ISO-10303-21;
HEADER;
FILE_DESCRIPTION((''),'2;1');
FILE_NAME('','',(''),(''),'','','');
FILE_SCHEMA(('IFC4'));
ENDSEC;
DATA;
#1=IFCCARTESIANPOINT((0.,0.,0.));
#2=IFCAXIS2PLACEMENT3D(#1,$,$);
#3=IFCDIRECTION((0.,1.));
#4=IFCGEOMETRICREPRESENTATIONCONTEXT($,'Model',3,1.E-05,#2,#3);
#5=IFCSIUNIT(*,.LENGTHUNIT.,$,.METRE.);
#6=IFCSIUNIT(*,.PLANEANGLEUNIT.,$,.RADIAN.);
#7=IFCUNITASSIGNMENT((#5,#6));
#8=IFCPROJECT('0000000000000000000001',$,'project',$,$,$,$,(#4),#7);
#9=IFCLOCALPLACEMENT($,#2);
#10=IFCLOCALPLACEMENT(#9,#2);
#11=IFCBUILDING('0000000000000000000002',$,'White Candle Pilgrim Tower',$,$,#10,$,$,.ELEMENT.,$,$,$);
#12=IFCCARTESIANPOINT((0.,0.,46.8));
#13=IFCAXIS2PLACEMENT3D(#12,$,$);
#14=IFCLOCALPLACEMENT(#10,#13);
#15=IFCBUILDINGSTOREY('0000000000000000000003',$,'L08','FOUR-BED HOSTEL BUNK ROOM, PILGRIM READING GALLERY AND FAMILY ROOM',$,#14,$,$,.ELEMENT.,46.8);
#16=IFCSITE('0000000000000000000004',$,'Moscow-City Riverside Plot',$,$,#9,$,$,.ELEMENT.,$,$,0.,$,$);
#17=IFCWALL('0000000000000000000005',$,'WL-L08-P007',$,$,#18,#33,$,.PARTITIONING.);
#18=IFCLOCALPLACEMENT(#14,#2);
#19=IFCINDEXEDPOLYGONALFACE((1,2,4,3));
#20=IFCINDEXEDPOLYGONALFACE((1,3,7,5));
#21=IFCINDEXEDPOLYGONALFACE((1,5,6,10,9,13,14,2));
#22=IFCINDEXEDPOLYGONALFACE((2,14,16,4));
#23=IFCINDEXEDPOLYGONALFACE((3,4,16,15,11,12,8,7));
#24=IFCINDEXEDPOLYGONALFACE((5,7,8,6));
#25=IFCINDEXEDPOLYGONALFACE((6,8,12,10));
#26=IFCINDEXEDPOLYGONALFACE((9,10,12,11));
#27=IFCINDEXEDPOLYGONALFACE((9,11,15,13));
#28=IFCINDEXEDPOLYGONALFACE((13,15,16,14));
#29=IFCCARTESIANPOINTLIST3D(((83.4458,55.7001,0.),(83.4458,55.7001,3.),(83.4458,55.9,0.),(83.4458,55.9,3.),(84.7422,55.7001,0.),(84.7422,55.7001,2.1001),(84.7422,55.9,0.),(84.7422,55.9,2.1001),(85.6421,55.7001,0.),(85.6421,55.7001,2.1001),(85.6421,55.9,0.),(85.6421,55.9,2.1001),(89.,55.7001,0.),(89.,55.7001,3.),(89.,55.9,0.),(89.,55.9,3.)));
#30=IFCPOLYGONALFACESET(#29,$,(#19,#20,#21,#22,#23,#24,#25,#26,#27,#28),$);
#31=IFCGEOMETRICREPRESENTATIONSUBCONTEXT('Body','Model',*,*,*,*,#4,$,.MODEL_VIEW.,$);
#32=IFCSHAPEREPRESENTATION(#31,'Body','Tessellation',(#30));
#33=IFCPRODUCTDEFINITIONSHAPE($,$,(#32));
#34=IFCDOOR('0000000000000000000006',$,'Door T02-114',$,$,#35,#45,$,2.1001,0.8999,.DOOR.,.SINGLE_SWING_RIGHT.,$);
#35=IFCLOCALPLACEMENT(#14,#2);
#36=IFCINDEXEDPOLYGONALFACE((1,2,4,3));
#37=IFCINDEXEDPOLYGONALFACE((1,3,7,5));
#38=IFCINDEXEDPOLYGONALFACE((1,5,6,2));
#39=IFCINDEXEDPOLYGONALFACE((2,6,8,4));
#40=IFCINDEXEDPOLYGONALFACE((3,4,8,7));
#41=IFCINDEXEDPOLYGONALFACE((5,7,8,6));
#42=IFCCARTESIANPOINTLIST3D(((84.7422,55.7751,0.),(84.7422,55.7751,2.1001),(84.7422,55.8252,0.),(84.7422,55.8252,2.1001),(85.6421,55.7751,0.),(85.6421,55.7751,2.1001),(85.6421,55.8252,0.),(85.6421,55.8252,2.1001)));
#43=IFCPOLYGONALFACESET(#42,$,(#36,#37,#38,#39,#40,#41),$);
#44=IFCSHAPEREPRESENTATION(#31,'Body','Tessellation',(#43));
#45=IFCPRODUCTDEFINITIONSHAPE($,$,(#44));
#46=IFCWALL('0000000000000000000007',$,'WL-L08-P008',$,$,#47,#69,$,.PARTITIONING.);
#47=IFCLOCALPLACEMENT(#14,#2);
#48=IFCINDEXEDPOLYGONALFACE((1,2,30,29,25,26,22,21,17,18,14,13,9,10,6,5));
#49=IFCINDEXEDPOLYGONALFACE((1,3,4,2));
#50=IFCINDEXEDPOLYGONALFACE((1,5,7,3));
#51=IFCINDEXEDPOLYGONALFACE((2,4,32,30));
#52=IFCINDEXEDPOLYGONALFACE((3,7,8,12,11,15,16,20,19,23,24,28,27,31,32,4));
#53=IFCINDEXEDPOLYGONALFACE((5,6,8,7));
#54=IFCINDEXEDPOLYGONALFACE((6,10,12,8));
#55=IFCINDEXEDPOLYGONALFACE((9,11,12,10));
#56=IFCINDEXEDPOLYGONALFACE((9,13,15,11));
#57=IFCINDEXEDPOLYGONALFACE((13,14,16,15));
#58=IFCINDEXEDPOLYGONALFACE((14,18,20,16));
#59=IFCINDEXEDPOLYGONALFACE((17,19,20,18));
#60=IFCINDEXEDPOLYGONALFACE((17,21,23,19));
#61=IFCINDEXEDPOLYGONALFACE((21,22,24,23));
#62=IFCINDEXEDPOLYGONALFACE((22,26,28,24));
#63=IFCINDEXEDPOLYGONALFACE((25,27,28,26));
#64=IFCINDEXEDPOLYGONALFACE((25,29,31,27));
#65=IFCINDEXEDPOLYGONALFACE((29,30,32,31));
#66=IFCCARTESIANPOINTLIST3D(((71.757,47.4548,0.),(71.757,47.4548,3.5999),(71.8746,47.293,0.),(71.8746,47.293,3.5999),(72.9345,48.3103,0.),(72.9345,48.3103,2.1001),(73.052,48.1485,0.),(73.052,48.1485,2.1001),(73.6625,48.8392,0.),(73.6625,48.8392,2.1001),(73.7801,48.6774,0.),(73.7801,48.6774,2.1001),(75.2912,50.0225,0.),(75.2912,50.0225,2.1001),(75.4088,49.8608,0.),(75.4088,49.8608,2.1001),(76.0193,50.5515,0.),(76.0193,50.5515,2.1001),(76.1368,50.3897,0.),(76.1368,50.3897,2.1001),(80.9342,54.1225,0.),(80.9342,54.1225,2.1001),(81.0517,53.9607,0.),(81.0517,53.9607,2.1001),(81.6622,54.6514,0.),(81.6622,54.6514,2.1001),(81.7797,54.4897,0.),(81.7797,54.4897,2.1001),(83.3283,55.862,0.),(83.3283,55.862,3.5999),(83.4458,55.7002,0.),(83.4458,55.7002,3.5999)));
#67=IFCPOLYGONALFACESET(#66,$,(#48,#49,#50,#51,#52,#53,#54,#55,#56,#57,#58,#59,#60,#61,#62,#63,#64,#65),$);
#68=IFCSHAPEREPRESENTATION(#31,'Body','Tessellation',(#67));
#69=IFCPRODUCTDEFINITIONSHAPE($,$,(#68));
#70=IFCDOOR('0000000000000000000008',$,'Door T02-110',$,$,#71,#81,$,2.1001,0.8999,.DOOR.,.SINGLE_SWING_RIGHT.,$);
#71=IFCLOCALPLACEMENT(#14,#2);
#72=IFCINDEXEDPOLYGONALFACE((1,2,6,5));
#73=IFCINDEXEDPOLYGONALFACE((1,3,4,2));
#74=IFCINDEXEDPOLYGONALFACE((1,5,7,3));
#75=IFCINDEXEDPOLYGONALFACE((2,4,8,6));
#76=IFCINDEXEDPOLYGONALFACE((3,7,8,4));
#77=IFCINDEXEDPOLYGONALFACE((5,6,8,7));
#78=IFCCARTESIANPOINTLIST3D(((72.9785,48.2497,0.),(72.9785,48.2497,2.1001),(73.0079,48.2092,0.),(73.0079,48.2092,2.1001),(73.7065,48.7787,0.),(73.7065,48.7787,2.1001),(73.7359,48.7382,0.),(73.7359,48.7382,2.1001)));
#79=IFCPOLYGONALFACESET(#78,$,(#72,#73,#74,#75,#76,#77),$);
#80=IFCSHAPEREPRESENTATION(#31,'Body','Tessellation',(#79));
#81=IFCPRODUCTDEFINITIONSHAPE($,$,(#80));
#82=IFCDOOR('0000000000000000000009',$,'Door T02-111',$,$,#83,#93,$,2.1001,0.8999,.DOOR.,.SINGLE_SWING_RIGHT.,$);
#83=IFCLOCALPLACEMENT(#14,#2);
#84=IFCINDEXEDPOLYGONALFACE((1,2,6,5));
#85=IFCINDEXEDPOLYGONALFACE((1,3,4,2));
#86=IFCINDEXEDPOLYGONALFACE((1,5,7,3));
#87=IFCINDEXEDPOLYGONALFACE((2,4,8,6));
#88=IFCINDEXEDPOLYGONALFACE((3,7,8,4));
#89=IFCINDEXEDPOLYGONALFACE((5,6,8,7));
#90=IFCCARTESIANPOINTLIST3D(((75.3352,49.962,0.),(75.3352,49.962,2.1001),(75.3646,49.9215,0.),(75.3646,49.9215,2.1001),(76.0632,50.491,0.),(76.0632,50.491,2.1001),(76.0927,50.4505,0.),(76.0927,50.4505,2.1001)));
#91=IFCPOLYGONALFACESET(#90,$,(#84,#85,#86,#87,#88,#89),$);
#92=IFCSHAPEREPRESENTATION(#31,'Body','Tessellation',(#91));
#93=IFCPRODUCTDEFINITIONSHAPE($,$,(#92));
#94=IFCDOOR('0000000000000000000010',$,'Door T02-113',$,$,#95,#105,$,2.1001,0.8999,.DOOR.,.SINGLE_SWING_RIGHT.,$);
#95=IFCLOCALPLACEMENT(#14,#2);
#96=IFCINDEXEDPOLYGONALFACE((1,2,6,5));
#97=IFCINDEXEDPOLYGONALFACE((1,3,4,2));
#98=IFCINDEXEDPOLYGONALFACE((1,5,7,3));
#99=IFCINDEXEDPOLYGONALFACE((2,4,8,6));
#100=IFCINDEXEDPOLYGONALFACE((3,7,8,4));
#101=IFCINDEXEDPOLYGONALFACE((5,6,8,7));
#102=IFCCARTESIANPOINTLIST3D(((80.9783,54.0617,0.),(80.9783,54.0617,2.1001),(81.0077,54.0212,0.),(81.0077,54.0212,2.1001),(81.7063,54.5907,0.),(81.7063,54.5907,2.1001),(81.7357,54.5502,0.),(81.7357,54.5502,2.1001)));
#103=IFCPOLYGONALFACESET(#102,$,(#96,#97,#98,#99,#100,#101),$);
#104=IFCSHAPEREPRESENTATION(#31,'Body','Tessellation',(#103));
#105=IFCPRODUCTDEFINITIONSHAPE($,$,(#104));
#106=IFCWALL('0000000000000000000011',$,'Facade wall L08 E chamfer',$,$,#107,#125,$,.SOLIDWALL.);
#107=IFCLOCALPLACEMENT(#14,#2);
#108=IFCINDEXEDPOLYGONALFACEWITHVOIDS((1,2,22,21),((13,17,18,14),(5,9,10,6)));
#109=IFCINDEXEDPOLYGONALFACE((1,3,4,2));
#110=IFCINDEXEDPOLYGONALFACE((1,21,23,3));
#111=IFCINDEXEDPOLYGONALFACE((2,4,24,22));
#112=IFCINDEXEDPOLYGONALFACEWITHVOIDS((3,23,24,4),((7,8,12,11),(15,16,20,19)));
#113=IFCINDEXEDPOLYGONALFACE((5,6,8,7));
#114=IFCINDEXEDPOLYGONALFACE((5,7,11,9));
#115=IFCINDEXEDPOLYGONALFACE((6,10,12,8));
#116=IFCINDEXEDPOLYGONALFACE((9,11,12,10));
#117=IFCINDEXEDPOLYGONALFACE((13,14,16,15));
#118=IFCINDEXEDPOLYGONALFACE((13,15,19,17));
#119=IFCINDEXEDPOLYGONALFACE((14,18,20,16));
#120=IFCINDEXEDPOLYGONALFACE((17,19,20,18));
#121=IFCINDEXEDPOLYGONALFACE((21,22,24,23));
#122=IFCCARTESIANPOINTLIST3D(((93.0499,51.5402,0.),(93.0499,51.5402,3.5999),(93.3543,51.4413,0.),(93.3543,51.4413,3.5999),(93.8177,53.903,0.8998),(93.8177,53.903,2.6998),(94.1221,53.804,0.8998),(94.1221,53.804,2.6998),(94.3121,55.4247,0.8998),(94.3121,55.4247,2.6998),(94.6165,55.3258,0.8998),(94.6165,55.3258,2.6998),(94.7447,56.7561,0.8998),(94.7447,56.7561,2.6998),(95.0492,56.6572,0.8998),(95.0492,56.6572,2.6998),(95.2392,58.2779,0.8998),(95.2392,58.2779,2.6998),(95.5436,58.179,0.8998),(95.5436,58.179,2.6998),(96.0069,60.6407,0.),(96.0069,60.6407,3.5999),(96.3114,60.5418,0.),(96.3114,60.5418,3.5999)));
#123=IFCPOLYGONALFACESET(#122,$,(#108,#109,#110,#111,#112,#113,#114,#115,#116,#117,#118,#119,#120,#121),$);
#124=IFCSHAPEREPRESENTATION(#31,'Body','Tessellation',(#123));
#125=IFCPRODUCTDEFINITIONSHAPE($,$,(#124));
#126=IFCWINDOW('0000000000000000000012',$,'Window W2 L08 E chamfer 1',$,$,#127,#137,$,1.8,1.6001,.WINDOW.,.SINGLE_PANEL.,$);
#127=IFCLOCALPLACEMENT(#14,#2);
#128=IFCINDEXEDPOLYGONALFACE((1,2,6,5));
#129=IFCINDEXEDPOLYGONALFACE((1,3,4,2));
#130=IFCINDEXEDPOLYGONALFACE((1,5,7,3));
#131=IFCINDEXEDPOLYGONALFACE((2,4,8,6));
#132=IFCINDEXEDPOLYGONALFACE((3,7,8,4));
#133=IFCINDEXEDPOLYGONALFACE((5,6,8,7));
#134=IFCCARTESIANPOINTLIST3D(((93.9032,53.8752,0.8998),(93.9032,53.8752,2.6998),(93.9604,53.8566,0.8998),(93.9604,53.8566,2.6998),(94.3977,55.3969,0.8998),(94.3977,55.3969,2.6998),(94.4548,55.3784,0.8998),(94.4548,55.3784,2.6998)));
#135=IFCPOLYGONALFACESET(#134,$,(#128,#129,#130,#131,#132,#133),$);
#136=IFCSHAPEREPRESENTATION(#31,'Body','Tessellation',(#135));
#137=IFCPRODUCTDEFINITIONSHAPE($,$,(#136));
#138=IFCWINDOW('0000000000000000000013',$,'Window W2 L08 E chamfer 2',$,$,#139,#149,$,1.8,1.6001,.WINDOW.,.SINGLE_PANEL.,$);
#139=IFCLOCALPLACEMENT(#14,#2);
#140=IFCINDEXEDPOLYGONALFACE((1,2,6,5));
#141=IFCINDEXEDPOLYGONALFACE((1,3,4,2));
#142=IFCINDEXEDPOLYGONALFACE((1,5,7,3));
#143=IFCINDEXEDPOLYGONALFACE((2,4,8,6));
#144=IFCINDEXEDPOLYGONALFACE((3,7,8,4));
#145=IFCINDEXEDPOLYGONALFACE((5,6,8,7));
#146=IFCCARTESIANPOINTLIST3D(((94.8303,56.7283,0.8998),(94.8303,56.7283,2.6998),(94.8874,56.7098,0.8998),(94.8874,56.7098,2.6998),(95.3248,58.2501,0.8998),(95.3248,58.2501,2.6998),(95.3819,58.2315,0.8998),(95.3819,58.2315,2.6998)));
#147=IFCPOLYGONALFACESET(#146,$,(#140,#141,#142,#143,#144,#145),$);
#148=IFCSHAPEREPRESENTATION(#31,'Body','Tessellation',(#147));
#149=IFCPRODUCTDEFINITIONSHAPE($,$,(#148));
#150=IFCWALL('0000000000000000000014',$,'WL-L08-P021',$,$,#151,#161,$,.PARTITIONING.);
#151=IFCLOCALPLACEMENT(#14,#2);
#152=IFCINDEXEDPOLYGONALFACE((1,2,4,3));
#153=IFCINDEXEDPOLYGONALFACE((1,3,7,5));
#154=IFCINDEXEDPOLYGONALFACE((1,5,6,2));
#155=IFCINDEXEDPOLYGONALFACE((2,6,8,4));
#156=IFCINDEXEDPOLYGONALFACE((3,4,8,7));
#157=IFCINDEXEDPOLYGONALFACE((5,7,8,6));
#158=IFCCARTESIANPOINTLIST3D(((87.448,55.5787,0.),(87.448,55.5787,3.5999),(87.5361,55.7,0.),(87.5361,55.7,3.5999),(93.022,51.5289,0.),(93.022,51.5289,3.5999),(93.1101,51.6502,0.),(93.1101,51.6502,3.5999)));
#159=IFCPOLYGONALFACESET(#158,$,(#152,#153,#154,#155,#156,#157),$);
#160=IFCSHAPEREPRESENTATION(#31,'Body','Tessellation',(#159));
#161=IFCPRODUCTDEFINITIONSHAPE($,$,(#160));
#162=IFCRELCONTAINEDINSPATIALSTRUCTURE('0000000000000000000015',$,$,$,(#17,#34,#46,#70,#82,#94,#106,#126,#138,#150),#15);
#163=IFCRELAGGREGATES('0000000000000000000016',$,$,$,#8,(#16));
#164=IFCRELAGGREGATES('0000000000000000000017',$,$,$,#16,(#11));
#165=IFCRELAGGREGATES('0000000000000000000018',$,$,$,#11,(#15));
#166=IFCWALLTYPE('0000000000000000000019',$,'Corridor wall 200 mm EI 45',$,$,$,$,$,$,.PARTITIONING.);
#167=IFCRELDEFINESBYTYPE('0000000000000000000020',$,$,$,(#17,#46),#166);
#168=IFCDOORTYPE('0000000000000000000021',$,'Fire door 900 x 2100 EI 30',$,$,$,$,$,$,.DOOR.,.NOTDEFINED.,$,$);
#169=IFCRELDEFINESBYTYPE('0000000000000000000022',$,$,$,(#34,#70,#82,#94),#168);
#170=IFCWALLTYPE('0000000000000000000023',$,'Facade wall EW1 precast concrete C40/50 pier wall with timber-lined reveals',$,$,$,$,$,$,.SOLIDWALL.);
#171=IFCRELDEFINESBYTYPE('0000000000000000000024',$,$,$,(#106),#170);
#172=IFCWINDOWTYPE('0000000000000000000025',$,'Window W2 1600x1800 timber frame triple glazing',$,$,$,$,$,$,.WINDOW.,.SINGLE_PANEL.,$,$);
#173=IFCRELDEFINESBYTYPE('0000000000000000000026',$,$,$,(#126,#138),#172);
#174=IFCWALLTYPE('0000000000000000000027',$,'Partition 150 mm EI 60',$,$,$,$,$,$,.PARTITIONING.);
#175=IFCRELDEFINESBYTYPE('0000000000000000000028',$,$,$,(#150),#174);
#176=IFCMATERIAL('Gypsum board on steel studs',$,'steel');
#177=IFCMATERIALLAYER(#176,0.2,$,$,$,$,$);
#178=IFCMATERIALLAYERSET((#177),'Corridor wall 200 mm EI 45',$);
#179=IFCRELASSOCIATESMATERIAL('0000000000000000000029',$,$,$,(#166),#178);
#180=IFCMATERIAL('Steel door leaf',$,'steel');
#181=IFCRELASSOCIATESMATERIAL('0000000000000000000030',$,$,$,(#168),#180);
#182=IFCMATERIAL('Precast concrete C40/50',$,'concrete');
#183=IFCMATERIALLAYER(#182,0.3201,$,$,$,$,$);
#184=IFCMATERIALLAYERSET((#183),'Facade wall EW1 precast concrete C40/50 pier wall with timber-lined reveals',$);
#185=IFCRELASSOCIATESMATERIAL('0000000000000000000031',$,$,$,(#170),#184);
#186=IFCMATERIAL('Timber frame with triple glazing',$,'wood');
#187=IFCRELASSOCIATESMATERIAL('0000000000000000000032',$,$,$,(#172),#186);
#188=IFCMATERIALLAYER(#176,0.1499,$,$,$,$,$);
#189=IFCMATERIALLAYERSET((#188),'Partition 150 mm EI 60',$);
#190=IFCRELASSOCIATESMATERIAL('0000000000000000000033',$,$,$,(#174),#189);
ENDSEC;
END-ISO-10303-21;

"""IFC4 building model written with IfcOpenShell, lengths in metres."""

from ifc_helpers import new_model, si_unit, direction, frame, frame_2d, origin, place, context, subcontext, project, spatial, rectangle, extrude, material, layer, layer_set, type_object, element, fill, save


model = new_model("IFC4")

# Units and contexts
model_context = context("Model", 3, precision=1e-05, world=origin(), true_north=direction((0.0, 1.0)))
body_context = subcontext(model_context, "Body", "Model", "MODEL_VIEW")
ifc_project = project(units=[si_unit("LENGTHUNIT", "METRE"), si_unit("PLANEANGLEUNIT", "RADIAN")], contexts=[model_context])

# Site, building, storey
site_placement = place(None, origin())
site = spatial("IfcSite", under=ifc_project, at=site_placement, Name="Moscow-City Riverside Plot", CompositionType="ELEMENT", RefElevation=0.0)
building_placement = place(site_placement, origin())
building = spatial("IfcBuilding", under=site, at=building_placement, Name="White Candle Pilgrim Tower", CompositionType="ELEMENT")
storey_placement = place(building_placement, frame((0.0, 0.0, 46.8)))
storey = spatial("IfcBuildingStorey", under=building, at=storey_placement, Name="L08", Description="FOUR-BED HOSTEL BUNK ROOM, PILGRIM READING GALLERY AND FAMILY ROOM", CompositionType="ELEMENT", Elevation=46.8)

# Wall, opening, door
ifc_material_1 = material(Name="Gypsum board on steel studs", Category="steel")
ifc_layer_1 = layer(ifc_material_1, 0.2)
ifc_layer_set_1 = layer_set([ifc_layer_1], Name="Corridor wall 200 mm EI 45")
wall_type_1 = type_object("IfcWallType", Name="Corridor wall 200 mm EI 45", PredefinedType="PARTITIONING", material=ifc_layer_set_1)
wall_1_placement = place(storey_placement, frame((89.0, 55.8, 0.0), z_axis=(0.0, 0.0, 1.0), x_axis=(-1.0, 0.0, 0.0)))
wall_1 = element("IfcWall", 1, at=wall_1_placement, inside=storey, type_object=wall_type_1, Name="WL-L08-P007", PredefinedType="PARTITIONING", context=body_context, shape_type="SweptSolid", body=[
    extrude(rectangle(XDim=5.5542, YDim=0.2, at=frame_2d((2.7771, 0.0))), origin(), (0.0, 0.0, 1.0), 3.0),
])
opening_1_placement = place(wall_1_placement, frame((3.3579, 0.0, 0.0)))
opening_1 = element("IfcOpeningElement", 2, at=opening_1_placement, cuts=wall_1, PredefinedType="OPENING", context=body_context, shape_type="SweptSolid", body=[
    extrude(rectangle(XDim=0.8999, YDim=2.1001, at=frame_2d((0.45, 1.05))), frame((0.0, 0.1099, 0.0), z_axis=(0.0, -1.0, 0.0), x_axis=(1.0, 0.0, 0.0)), (0.0, 0.0, 1.0), 0.22),
])
ifc_material_2 = material(Name="Steel door leaf", Category="steel")
door_type = type_object("IfcDoorType", Name="Fire door 900 x 2100 EI 30", OperationType="NOTDEFINED", PredefinedType="DOOR", material=ifc_material_2)
door_1_placement = place(opening_1_placement, origin())
door_1 = element("IfcDoor", 3, at=door_1_placement, inside=storey, type_object=door_type, Name="Door T02-114", OperationType="SINGLE_SWING_RIGHT", OverallHeight=2.1001, OverallWidth=0.8999, PredefinedType="DOOR", context=body_context, shape_type="SweptSolid", body=[
    extrude(rectangle(XDim=0.8999, YDim=2.1001, at=frame_2d((0.45, 1.05))), frame((0.0, 0.0249, 0.0), z_axis=(0.0, -1.0, 0.0), x_axis=(1.0, 0.0, 0.0)), (0.0, 0.0, 1.0), 0.05),
])
fill(opening_1, door_1)

# Wall, openings, doors
wall_2_placement = place(storey_placement, frame((83.387, 55.781, 0.0), z_axis=(0.0, 0.0, 1.0), x_axis=(-0.809011, -0.587794, 0.0)))
wall_2 = element("IfcWall", 4, at=wall_2_placement, inside=storey, type_object=wall_type_1, Name="WL-L08-P008", PredefinedType="PARTITIONING", context=body_context, shape_type="SweptSolid", body=[
    extrude(rectangle(XDim=14.303, YDim=0.2, at=frame_2d((7.1514, 0.0))), origin(), (0.0, 0.0, 1.0), 3.5999),
])
opening_2_placement = place(wall_2_placement, frame((11.9475, 0.0, 0.0)))
opening_2 = element("IfcOpeningElement", 5, at=opening_2_placement, cuts=wall_2, PredefinedType="OPENING", context=body_context, shape_type="SweptSolid", body=[
    extrude(rectangle(XDim=0.8999, YDim=2.1001, at=frame_2d((0.45, 1.05))), frame((0.0, 0.1099, 0.0), z_axis=(0.0, -1.0, 0.0), x_axis=(1.0, 0.0, 0.0)), (0.0, 0.0, 1.0), 0.22),
])
opening_3_placement = place(wall_2_placement, frame((9.0344, 0.0, 0.0)))
opening_3 = element("IfcOpeningElement", 6, at=opening_3_placement, cuts=wall_2, PredefinedType="OPENING", context=body_context, shape_type="SweptSolid", body=[
    extrude(rectangle(XDim=0.8999, YDim=2.1001, at=frame_2d((0.45, 1.05))), frame((0.0, 0.1099, 0.0), z_axis=(0.0, -1.0, 0.0), x_axis=(1.0, 0.0, 0.0)), (0.0, 0.0, 1.0), 0.22),
])
opening_4_placement = place(wall_2_placement, frame((2.0593, 0.0, 0.0)))
opening_4 = element("IfcOpeningElement", 7, at=opening_4_placement, cuts=wall_2, PredefinedType="OPENING", context=body_context, shape_type="SweptSolid", body=[
    extrude(rectangle(XDim=0.8999, YDim=2.1001, at=frame_2d((0.45, 1.05))), frame((0.0, 0.1099, 0.0), z_axis=(0.0, -1.0, 0.0), x_axis=(1.0, 0.0, 0.0)), (0.0, 0.0, 1.0), 0.22),
])
door_2_placement = place(opening_2_placement, origin())
door_2 = element("IfcDoor", 8, at=door_2_placement, inside=storey, type_object=door_type, Name="Door T02-110", OperationType="SINGLE_SWING_RIGHT", OverallHeight=2.1001, OverallWidth=0.8999, PredefinedType="DOOR", context=body_context, shape_type="SweptSolid", body=[
    extrude(rectangle(XDim=0.8999, YDim=2.1001, at=frame_2d((0.45, 1.05))), frame((0.0, 0.0249, 0.0), z_axis=(0.0, -1.0, 0.0), x_axis=(1.0, 0.0, 0.0)), (0.0, 0.0, 1.0), 0.05),
])
fill(opening_2, door_2)
door_3_placement = place(opening_3_placement, origin())
door_3 = element("IfcDoor", 9, at=door_3_placement, inside=storey, type_object=door_type, Name="Door T02-111", OperationType="SINGLE_SWING_RIGHT", OverallHeight=2.1001, OverallWidth=0.8999, PredefinedType="DOOR", context=body_context, shape_type="SweptSolid", body=[
    extrude(rectangle(XDim=0.8999, YDim=2.1001, at=frame_2d((0.45, 1.05))), frame((0.0, 0.0249, 0.0), z_axis=(0.0, -1.0, 0.0), x_axis=(1.0, 0.0, 0.0)), (0.0, 0.0, 1.0), 0.05),
])
fill(opening_3, door_3)
door_4_placement = place(opening_4_placement, frame((0.8999, 0.0, 0.0), z_axis=(0.0, 0.0, 1.0), x_axis=(-1.0, 0.0, 0.0)))
door_4 = element("IfcDoor", 10, at=door_4_placement, inside=storey, type_object=door_type, Name="Door T02-113", OperationType="SINGLE_SWING_RIGHT", OverallHeight=2.1001, OverallWidth=0.8999, PredefinedType="DOOR", context=body_context, shape_type="SweptSolid", body=[
    extrude(rectangle(XDim=0.8999, YDim=2.1001, at=frame_2d((0.45, 1.05))), frame((0.0, 0.0249, 0.0), z_axis=(0.0, -1.0, 0.0), x_axis=(1.0, 0.0, 0.0)), (0.0, 0.0, 1.0), 0.05),
])
fill(opening_4, door_4)

# Wall, openings, windows
ifc_material_3 = material(Name="Precast concrete C40/50", Category="concrete")
ifc_layer_2 = layer(ifc_material_3, 0.3201)
ifc_layer_set_2 = layer_set([ifc_layer_2], Name="Facade wall EW1 precast concrete C40/50 pier wall with timber-lined reveals")
wall_type_2 = type_object("IfcWallType", Name="Facade wall EW1 precast concrete C40/50 pier wall with timber-lined reveals", PredefinedType="SOLIDWALL", material=ifc_layer_set_2)
wall_3_placement = place(storey_placement, frame((93.2021, 51.4907, 0.0), z_axis=(0.0, 0.0, 1.0), x_axis=(0.309024, 0.951054, 0.0)))
wall_3 = element("IfcWall", 11, at=wall_3_placement, inside=storey, type_object=wall_type_2, Name="Facade wall L08 E chamfer", PredefinedType="SOLIDWALL", context=body_context, shape_type="SweptSolid", body=[
    extrude(rectangle(XDim=9.5688, YDim=0.3201, at=frame_2d((4.7844, 0.0))), origin(), (0.0, 0.0, 1.0), 3.5999),
])
opening_5_placement = place(wall_3_placement, frame((2.4844, 0.0, 0.8999)))
opening_5 = element("IfcOpeningElement", 12, at=opening_5_placement, cuts=wall_3, PredefinedType="OPENING", context=body_context, shape_type="SweptSolid", body=[
    extrude(rectangle(XDim=1.6001, YDim=1.8, at=frame_2d((0.8, 0.8999))), frame((0.0, 0.1699, 0.0), z_axis=(0.0, -1.0, 0.0), x_axis=(1.0, 0.0, 0.0)), (0.0, 0.0, 1.0), 0.3401),
])
opening_6_placement = place(wall_3_placement, frame((5.4844, 0.0, 0.8999)))
opening_6 = element("IfcOpeningElement", 13, at=opening_6_placement, cuts=wall_3, PredefinedType="OPENING", context=body_context, shape_type="SweptSolid", body=[
    extrude(rectangle(XDim=1.6001, YDim=1.8, at=frame_2d((0.8, 0.8999))), frame((0.0, 0.1699, 0.0), z_axis=(0.0, -1.0, 0.0), x_axis=(1.0, 0.0, 0.0)), (0.0, 0.0, 1.0), 0.3401),
])
ifc_material_4 = material(Name="Timber frame with triple glazing", Category="wood")
window_type = type_object("IfcWindowType", Name="Window W2 1600x1800 timber frame triple glazing", PartitioningType="SINGLE_PANEL", PredefinedType="WINDOW", material=ifc_material_4)
window_1_placement = place(opening_5_placement, origin())
window_1 = element("IfcWindow", 14, at=window_1_placement, inside=storey, type_object=window_type, Name="Window W2 L08 E chamfer 1", OverallHeight=1.8, OverallWidth=1.6001, PartitioningType="SINGLE_PANEL", PredefinedType="WINDOW", context=body_context, shape_type="SweptSolid", body=[
    extrude(rectangle(XDim=1.6001, YDim=1.8, at=frame_2d((0.8, 0.8999))), frame((0.0, 0.0701, 0.0), z_axis=(0.0, -1.0, 0.0), x_axis=(1.0, 0.0, 0.0)), (0.0, 0.0, 1.0), 0.0601),
])
fill(opening_5, window_1)
window_2_placement = place(opening_6_placement, origin())
window_2 = element("IfcWindow", 15, at=window_2_placement, inside=storey, type_object=window_type, Name="Window W2 L08 E chamfer 2", OverallHeight=1.8, OverallWidth=1.6001, PartitioningType="SINGLE_PANEL", PredefinedType="WINDOW", context=body_context, shape_type="SweptSolid", body=[
    extrude(rectangle(XDim=1.6001, YDim=1.8, at=frame_2d((0.8, 0.8999))), frame((0.0, 0.0701, 0.0), z_axis=(0.0, -1.0, 0.0), x_axis=(1.0, 0.0, 0.0)), (0.0, 0.0, 1.0), 0.0601),
])
fill(opening_6, window_2)

# Wall
ifc_layer_3 = layer(ifc_material_1, 0.1499)
ifc_layer_set_3 = layer_set([ifc_layer_3], Name="Partition 150 mm EI 60")
wall_type_3 = type_object("IfcWallType", Name="Partition 150 mm EI 60", PredefinedType="PARTITIONING", material=ifc_layer_set_3)
wall_4_placement = place(storey_placement, frame((93.0659, 51.5896, 0.0), z_axis=(0.0, 0.0, 1.0), x_axis=(-0.809012, 0.587792, 0.0)))
element("IfcWall", 16, at=wall_4_placement, inside=storey, type_object=wall_type_3, Name="WL-L08-P021", PredefinedType="PARTITIONING", context=body_context, shape_type="SweptSolid", body=[
    extrude(rectangle(XDim=6.8899, YDim=0.1499, at=frame_2d((3.4448, 0.0))), origin(), (0.0, 0.0, 1.0), 3.5999),
])

save(model, "model.ifc")
